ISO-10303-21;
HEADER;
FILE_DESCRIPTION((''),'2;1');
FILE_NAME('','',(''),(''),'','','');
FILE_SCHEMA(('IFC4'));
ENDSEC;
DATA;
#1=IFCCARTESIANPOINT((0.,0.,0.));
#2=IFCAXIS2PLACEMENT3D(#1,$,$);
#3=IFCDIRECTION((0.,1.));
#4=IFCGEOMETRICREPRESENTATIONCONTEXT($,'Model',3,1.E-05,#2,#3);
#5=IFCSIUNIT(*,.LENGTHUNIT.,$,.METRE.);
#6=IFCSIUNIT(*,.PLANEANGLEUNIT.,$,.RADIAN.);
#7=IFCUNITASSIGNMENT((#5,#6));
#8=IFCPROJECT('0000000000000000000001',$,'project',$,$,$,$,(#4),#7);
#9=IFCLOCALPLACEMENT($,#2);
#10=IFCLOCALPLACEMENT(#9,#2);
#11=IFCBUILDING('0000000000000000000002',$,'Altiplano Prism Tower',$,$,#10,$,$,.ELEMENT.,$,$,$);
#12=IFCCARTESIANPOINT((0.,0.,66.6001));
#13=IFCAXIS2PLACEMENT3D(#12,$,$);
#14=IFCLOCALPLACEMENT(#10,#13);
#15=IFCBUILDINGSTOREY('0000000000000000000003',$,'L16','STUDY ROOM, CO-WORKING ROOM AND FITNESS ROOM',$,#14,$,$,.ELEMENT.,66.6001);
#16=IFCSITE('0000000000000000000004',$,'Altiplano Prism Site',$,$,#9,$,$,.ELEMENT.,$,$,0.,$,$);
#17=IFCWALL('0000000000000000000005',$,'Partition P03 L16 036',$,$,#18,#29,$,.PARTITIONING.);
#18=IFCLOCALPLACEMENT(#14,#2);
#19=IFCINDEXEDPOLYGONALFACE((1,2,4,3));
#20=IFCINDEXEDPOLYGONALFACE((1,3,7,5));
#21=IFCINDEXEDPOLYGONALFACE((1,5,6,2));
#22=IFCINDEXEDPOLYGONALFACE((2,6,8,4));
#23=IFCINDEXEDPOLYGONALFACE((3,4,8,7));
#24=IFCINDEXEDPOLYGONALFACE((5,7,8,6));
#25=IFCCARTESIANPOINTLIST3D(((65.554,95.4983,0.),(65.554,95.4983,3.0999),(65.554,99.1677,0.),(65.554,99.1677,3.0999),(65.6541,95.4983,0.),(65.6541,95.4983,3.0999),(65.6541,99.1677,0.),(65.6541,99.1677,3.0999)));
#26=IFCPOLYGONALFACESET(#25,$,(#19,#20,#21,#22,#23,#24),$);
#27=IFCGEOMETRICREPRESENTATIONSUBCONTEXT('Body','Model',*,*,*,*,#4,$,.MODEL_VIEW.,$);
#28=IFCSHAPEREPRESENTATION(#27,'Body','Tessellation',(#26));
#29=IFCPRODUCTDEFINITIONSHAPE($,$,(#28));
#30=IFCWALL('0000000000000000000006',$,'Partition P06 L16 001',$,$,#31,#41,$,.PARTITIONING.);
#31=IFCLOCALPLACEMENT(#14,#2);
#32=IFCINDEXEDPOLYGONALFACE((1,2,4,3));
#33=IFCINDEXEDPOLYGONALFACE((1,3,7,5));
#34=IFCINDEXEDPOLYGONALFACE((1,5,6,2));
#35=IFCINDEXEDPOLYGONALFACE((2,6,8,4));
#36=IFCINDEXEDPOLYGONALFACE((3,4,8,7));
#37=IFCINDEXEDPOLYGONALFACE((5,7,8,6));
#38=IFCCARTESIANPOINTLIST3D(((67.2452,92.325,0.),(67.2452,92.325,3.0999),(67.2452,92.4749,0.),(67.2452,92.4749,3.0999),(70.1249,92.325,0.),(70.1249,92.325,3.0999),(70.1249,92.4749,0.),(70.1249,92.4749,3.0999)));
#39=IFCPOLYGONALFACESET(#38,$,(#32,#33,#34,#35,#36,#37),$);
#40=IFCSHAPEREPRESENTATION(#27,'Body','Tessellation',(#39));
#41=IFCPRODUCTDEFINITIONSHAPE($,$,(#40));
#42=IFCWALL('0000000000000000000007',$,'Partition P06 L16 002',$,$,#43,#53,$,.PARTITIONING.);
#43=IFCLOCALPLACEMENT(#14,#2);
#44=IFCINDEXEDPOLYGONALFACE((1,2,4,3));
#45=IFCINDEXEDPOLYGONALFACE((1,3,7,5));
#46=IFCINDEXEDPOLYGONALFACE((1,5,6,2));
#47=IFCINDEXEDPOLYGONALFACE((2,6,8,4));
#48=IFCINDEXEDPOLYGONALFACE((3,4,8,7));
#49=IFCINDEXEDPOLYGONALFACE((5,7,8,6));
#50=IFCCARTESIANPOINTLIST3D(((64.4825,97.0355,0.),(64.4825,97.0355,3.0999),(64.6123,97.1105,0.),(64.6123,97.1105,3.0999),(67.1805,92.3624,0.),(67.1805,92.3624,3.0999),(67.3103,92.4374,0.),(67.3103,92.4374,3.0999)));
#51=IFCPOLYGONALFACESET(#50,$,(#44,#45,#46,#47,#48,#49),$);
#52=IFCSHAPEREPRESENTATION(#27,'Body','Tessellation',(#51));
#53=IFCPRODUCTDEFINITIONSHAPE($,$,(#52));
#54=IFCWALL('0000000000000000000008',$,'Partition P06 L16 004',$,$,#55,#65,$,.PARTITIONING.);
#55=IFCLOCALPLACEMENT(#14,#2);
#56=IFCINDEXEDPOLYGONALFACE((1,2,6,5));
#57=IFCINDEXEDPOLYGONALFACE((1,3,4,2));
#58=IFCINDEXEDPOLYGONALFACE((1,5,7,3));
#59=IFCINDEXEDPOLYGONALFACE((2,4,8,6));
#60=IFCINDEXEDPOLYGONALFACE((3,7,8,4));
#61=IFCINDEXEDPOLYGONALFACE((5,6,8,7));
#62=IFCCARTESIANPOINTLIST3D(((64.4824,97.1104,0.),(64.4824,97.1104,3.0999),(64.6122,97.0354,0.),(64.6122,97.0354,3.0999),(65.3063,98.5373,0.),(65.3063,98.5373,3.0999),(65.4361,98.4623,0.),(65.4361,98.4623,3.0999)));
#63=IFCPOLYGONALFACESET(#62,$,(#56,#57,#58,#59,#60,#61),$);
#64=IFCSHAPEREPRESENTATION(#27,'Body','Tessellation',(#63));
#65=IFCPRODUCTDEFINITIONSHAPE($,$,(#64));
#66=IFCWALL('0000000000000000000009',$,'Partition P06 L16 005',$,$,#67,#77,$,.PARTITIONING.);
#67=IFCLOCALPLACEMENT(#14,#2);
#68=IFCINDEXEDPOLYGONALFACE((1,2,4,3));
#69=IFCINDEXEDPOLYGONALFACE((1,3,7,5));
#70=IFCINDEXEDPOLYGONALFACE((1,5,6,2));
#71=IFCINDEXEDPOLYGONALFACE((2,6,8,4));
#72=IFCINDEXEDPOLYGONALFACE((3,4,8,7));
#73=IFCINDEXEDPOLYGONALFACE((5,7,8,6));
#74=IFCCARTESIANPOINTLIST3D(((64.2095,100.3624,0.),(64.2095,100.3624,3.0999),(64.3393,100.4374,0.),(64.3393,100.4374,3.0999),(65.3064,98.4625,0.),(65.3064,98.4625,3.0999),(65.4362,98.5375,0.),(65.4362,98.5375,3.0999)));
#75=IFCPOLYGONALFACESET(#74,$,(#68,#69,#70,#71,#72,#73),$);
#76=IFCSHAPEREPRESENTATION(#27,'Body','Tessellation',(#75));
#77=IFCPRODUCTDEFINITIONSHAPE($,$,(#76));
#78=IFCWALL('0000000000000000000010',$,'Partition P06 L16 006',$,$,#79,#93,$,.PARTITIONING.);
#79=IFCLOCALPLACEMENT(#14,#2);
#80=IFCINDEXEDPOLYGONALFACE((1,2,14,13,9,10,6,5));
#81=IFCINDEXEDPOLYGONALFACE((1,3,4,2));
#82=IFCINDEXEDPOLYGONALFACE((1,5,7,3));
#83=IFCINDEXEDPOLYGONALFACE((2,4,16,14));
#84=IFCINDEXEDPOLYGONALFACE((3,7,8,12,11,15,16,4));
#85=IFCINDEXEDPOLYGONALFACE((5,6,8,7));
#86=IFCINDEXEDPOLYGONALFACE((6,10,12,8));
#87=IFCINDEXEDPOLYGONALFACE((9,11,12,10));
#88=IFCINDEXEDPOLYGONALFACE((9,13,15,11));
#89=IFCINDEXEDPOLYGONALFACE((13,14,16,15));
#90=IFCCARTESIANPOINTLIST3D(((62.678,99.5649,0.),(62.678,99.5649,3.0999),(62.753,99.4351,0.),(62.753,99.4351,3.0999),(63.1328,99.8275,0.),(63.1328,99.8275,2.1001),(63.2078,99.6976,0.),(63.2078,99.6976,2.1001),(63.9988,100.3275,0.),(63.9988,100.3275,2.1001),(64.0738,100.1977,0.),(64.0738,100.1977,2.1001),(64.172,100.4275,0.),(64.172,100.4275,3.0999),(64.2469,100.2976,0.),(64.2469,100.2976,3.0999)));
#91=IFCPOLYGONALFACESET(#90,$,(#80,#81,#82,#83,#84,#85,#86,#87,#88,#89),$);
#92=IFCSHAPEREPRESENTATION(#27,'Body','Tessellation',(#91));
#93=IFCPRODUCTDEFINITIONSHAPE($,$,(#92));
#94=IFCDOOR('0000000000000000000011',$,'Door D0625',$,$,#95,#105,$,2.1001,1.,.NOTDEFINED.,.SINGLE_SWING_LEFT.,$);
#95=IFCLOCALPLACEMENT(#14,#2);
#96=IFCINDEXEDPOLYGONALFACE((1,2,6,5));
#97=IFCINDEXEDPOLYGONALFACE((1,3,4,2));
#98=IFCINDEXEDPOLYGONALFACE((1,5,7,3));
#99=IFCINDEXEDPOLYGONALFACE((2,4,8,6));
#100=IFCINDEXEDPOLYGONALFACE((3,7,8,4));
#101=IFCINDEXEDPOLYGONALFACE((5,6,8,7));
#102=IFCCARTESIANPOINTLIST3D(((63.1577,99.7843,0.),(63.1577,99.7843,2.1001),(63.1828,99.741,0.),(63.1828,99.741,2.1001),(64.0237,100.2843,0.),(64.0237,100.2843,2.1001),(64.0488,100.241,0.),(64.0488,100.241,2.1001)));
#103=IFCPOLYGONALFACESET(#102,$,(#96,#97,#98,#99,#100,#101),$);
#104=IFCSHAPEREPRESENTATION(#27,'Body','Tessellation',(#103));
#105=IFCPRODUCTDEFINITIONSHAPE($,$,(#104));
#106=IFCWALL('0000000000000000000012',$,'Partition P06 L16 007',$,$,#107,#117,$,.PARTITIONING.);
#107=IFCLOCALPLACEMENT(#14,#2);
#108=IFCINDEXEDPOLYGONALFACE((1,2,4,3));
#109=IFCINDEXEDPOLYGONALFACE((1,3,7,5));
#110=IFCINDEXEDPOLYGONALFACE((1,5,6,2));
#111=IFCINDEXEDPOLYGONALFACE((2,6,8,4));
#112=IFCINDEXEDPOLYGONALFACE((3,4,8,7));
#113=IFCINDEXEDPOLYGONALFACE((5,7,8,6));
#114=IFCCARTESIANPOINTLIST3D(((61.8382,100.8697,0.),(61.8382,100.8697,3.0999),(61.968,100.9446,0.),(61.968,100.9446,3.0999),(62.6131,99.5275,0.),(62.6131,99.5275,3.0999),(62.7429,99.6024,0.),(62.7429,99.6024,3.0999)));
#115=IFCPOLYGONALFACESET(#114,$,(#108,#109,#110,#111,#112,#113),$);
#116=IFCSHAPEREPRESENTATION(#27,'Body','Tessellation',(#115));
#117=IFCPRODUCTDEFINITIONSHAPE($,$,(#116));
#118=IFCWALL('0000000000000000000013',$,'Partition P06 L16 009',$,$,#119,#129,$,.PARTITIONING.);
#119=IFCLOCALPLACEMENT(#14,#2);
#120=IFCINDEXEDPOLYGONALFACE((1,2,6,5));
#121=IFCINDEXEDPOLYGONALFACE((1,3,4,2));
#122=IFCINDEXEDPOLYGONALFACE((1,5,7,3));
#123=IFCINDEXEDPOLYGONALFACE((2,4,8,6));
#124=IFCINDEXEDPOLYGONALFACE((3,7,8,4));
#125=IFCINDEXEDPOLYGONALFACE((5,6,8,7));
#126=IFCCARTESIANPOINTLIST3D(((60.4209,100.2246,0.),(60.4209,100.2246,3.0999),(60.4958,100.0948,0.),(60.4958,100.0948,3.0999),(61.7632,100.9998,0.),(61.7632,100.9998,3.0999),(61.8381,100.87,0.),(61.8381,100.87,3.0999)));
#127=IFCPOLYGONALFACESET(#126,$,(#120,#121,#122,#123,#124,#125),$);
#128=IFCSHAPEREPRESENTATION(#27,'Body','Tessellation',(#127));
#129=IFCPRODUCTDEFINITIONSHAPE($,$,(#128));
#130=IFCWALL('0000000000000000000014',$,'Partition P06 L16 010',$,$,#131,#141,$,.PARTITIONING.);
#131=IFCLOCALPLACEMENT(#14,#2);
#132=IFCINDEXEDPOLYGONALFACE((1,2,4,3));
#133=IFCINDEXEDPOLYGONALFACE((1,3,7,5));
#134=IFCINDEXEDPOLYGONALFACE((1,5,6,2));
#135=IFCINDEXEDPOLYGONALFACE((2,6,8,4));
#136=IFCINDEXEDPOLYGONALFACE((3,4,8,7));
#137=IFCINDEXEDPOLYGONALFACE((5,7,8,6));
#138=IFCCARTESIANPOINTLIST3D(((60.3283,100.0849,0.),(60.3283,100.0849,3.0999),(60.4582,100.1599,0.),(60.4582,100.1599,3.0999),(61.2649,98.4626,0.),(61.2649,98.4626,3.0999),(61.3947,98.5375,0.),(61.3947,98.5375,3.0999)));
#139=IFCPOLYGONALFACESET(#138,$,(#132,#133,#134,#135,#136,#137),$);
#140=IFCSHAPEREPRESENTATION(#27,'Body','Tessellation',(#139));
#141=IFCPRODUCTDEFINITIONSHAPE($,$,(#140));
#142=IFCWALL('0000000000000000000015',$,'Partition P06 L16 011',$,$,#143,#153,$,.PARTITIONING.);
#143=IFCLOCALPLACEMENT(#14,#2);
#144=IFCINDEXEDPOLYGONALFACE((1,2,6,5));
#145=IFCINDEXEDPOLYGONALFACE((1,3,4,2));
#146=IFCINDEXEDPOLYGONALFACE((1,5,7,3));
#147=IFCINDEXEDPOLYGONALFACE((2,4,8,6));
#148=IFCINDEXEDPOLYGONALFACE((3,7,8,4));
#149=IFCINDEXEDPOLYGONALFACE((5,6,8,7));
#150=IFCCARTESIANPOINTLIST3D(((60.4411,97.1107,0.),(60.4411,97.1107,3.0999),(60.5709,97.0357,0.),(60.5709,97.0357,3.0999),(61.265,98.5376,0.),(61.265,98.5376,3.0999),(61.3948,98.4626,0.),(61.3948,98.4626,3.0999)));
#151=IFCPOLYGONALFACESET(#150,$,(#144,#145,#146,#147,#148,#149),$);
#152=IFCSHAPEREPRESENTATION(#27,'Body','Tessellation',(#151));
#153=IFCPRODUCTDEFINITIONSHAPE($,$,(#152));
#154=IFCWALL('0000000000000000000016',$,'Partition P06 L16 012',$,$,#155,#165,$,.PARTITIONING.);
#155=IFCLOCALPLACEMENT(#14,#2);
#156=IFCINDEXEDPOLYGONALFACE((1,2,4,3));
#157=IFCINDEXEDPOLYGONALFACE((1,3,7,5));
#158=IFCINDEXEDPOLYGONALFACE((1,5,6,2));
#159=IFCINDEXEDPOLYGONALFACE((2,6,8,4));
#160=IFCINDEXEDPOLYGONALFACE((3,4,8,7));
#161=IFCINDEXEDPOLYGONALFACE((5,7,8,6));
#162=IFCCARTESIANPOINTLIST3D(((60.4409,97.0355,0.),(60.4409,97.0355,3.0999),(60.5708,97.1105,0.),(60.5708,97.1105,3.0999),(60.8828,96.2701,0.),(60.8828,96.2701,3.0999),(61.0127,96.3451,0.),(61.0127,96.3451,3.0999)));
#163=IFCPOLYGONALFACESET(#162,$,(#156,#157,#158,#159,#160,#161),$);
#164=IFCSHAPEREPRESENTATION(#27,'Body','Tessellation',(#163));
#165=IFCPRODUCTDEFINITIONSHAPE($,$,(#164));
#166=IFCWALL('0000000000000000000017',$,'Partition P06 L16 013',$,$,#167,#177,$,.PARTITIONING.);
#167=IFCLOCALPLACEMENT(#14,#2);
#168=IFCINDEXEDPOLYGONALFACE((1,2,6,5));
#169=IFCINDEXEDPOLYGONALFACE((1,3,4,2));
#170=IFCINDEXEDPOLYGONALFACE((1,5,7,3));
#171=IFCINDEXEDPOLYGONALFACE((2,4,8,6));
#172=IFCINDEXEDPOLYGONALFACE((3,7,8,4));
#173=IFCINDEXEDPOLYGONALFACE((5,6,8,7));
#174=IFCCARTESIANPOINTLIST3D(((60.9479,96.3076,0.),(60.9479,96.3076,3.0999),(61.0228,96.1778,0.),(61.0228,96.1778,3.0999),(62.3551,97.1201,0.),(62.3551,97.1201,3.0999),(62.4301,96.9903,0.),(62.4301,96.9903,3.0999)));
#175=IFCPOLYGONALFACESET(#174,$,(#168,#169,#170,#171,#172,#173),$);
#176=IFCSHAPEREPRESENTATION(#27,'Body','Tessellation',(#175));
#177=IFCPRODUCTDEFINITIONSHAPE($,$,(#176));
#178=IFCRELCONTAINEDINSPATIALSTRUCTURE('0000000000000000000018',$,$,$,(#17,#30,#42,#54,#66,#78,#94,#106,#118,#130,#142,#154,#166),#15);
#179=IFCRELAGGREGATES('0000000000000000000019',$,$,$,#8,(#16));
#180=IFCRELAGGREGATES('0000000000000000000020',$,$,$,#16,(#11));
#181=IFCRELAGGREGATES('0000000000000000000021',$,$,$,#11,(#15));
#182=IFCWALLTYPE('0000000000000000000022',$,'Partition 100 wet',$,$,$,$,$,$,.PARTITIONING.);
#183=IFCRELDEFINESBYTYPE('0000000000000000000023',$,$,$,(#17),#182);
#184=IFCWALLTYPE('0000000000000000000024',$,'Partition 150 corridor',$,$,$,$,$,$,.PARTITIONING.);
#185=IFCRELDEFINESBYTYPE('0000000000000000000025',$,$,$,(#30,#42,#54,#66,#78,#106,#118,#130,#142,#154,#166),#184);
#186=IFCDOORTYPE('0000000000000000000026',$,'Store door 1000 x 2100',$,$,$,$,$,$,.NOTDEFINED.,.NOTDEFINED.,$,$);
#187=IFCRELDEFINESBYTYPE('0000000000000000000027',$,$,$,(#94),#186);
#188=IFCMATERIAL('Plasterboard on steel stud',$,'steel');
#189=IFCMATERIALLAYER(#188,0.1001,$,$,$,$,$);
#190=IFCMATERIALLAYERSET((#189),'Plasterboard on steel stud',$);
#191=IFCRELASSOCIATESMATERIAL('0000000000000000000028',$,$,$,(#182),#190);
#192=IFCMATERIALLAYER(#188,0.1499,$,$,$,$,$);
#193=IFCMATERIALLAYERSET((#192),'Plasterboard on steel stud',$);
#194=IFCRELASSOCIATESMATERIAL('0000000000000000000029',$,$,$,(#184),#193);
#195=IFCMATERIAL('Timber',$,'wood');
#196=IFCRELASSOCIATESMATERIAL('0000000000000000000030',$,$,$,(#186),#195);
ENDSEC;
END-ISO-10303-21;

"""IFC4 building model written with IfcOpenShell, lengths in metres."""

from ifc_helpers import new_model, si_unit, direction, frame, frame_2d, origin, place, context, subcontext, project, spatial, rectangle, extrude, material, layer, layer_set, type_object, element, fill, save


model = new_model("IFC4")

# Units and contexts
model_context = context("Model", 3, precision=1e-05, world=origin(), true_north=direction((0.0, 1.0)))
body_context = subcontext(model_context, "Body", "Model", "MODEL_VIEW")
ifc_project = project(units=[si_unit("LENGTHUNIT", "METRE"), si_unit("PLANEANGLEUNIT", "RADIAN")], contexts=[model_context])

# Site, building, storey
site_placement = place(None, origin())
site = spatial("IfcSite", under=ifc_project, at=site_placement, Name="Altiplano Prism Site", CompositionType="ELEMENT", RefElevation=0.0)
building_placement = place(site_placement, origin())
building = spatial("IfcBuilding", under=site, at=building_placement, Name="Altiplano Prism Tower", CompositionType="ELEMENT")
storey_placement = place(building_placement, frame((0.0, 0.0, 66.6001)))
storey = spatial("IfcBuildingStorey", under=building, at=storey_placement, Name="L16", Description="STUDY ROOM, CO-WORKING ROOM AND FITNESS ROOM", CompositionType="ELEMENT", Elevation=66.6001)

# Walls
ifc_material_1 = material(Name="Plasterboard on steel stud", Category="steel")
ifc_layer_1 = layer(ifc_material_1, 0.1001)
ifc_layer_set_1 = layer_set([ifc_layer_1], Name="Plasterboard on steel stud")
wall_type_1 = type_object("IfcWallType", Name="Partition 100 wet", PredefinedType="PARTITIONING", material=ifc_layer_set_1)
wall_1_placement = place(storey_placement, frame((65.604, 99.1677, 0.0), z_axis=(0.0, 0.0, 1.0), x_axis=(0.0, -1.0, 0.0)))
element("IfcWall", 1, at=wall_1_placement, inside=storey, type_object=wall_type_1, Name="Partition P03 L16 036", PredefinedType="PARTITIONING", context=body_context, shape_type="SweptSolid", body=[
    extrude(rectangle(XDim=3.6694, YDim=0.1001, at=frame_2d((1.8347, 0.0))), origin(), (0.0, 0.0, 1.0), 3.0999),
])
ifc_layer_2 = layer(ifc_material_1, 0.1499)
ifc_layer_set_2 = layer_set([ifc_layer_2], Name="Plasterboard on steel stud")
wall_type_2 = type_object("IfcWallType", Name="Partition 150 corridor", PredefinedType="PARTITIONING", material=ifc_layer_set_2)
wall_2_placement = place(storey_placement, frame((70.125, 92.3999, 0.0), z_axis=(0.0, 0.0, 1.0), x_axis=(-1.0, 0.0, 0.0)))
element("IfcWall", 2, at=wall_2_placement, inside=storey, type_object=wall_type_2, Name="Partition P06 L16 001", PredefinedType="PARTITIONING", context=body_context, shape_type="SweptSolid", body=[
    extrude(rectangle(XDim=2.8796, YDim=0.1499, at=frame_2d((1.4399, 0.0))), origin(), (0.0, 0.0, 1.0), 3.0999),
])
wall_3_placement = place(storey_placement, frame((67.2454, 92.3999, 0.0), z_axis=(0.0, 0.0, 1.0), x_axis=(-0.499998, 0.866027, 0.0)))
element("IfcWall", 3, at=wall_3_placement, inside=storey, type_object=wall_type_2, Name="Partition P06 L16 002", PredefinedType="PARTITIONING", context=body_context, shape_type="SweptSolid", body=[
    extrude(rectangle(XDim=5.396, YDim=0.1499, at=frame_2d((2.698, 0.0))), origin(), (0.0, 0.0, 1.0), 3.0999),
])
wall_4_placement = place(storey_placement, frame((64.5474, 97.073, 0.0), z_axis=(0.0, 0.0, 1.0), x_axis=(0.500043, 0.866001, 0.0)))
element("IfcWall", 4, at=wall_4_placement, inside=storey, type_object=wall_type_2, Name="Partition P06 L16 004", PredefinedType="PARTITIONING", context=body_context, shape_type="SweptSolid", body=[
    extrude(rectangle(XDim=1.6477, YDim=0.1499, at=frame_2d((0.8237, 0.0))), origin(), (0.0, 0.0, 1.0), 3.0999),
])
wall_5_placement = place(storey_placement, frame((65.3713, 98.5, 0.0), z_axis=(0.0, 0.0, 1.0), x_axis=(-0.500005, 0.866023, 0.0)))
element("IfcWall", 5, at=wall_5_placement, inside=storey, type_object=wall_type_2, Name="Partition P06 L16 005", PredefinedType="PARTITIONING", context=body_context, shape_type="SweptSolid", body=[
    extrude(rectangle(XDim=2.1938, YDim=0.1499, at=frame_2d((1.0969, 0.0))), origin(), (0.0, 0.0, 1.0), 3.0999),
])

# Wall, opening, door
wall_6_placement = place(storey_placement, frame((64.2095, 100.3625, 0.0), z_axis=(0.0, 0.0, 1.0), x_axis=(-0.866014, -0.500021, 0.0)))
wall_6 = element("IfcWall", 6, at=wall_6_placement, inside=storey, type_object=wall_type_2, Name="Partition P06 L16 006", PredefinedType="PARTITIONING", context=body_context, shape_type="SweptSolid", body=[
    extrude(rectangle(XDim=1.7251, YDim=0.1499, at=frame_2d((0.8625, 0.0))), origin(), (0.0, 0.0, 1.0), 3.0999),
])
opening_1_placement = place(wall_6_placement, frame((0.2, 0.0, 0.0)))
opening_1 = element("IfcOpeningElement", 7, at=opening_1_placement, cuts=wall_6, PredefinedType="OPENING", context=body_context, shape_type="SweptSolid", body=[
    extrude(rectangle(XDim=1.0, YDim=2.1001, at=frame_2d((0.5, 1.05))), frame((0.0, 0.0854, 0.0), z_axis=(0.0, -1.0, 0.0), x_axis=(1.0, 0.0, 0.0)), (0.0, 0.0, 1.0), 0.1709),
])
ifc_material_2 = material(Name="Timber", Category="wood")
door_type_1 = type_object("IfcDoorType", Name="Store door 1000 x 2100", OperationType="NOTDEFINED", PredefinedType="NOTDEFINED", material=ifc_material_2)
door_1_placement = place(opening_1_placement, origin())
door_1 = element("IfcDoor", 8, at=door_1_placement, inside=storey, type_object=door_type_1, Name="Door D0625", OperationType="SINGLE_SWING_LEFT", OverallHeight=2.1001, OverallWidth=1.0, PredefinedType="NOTDEFINED", context=body_context, shape_type="SweptSolid", body=[
    extrude(rectangle(XDim=1.0, YDim=2.1001, at=frame_2d((0.5, 1.05))), frame((0.0, 0.0249, 0.0), z_axis=(0.0, -1.0, 0.0), x_axis=(1.0, 0.0, 0.0)), (0.0, 0.0, 1.0), 0.05),
])
fill(opening_1, door_1)

# Walls
wall_7_placement = place(storey_placement, frame((62.678, 99.5649, 0.0), z_axis=(0.0, 0.0, 1.0), x_axis=(-0.499968, 0.866044, 0.0)))
element("IfcWall", 9, at=wall_7_placement, inside=storey, type_object=wall_type_2, Name="Partition P06 L16 007", PredefinedType="PARTITIONING", context=body_context, shape_type="SweptSolid", body=[
    extrude(rectangle(XDim=1.5498, YDim=0.1499, at=frame_2d((0.7749, 0.0))), origin(), (0.0, 0.0, 1.0), 3.0999),
])
wall_8_placement = place(storey_placement, frame((61.8005, 100.9348, 0.0), z_axis=(0.0, 0.0, 1.0), x_axis=(-0.865976, -0.500086, 0.0)))
element("IfcWall", 10, at=wall_8_placement, inside=storey, type_object=wall_type_2, Name="Partition P06 L16 009", PredefinedType="PARTITIONING", context=body_context, shape_type="SweptSolid", body=[
    extrude(rectangle(XDim=1.55, YDim=0.1499, at=frame_2d((0.7749, 0.0))), origin(), (0.0, 0.0, 1.0), 3.0999),
])
wall_9_placement = place(storey_placement, frame((60.3933, 100.1223, 0.0), z_axis=(0.0, 0.0, 1.0), x_axis=(0.499952, -0.866053, 0.0)))
element("IfcWall", 11, at=wall_9_placement, inside=storey, type_object=wall_type_2, Name="Partition P06 L16 010", PredefinedType="PARTITIONING", context=body_context, shape_type="SweptSolid", body=[
    extrude(rectangle(XDim=1.8733, YDim=0.1499, at=frame_2d((0.9365, 0.0))), origin(), (0.0, 0.0, 1.0), 3.0999),
])
wall_10_placement = place(storey_placement, frame((61.3298, 98.5, 0.0), z_axis=(0.0, 0.0, 1.0), x_axis=(-0.500043, -0.866001, 0.0)))
element("IfcWall", 12, at=wall_10_placement, inside=storey, type_object=wall_type_2, Name="Partition P06 L16 011", PredefinedType="PARTITIONING", context=body_context, shape_type="SweptSolid", body=[
    extrude(rectangle(XDim=1.6477, YDim=0.1499, at=frame_2d((0.8237, 0.0))), origin(), (0.0, 0.0, 1.0), 3.0999),
])
wall_11_placement = place(storey_placement, frame((60.5059, 97.073, 0.0), z_axis=(0.0, 0.0, 1.0), x_axis=(0.500001, -0.866025, 0.0)))
element("IfcWall", 13, at=wall_11_placement, inside=storey, type_object=wall_type_2, Name="Partition P06 L16 012", PredefinedType="PARTITIONING", context=body_context, shape_type="SweptSolid", body=[
    extrude(rectangle(XDim=0.8838, YDim=0.1499, at=frame_2d((0.4419, 0.0))), origin(), (0.0, 0.0, 1.0), 3.0999),
])
wall_12_placement = place(storey_placement, frame((60.9854, 96.2427, 0.0), z_axis=(0.0, 0.0, 1.0), x_axis=(0.866015, 0.500017, 0.0)))
element("IfcWall", 14, at=wall_12_placement, inside=storey, type_object=wall_type_2, Name="Partition P06 L16 013", PredefinedType="PARTITIONING", context=body_context, shape_type="SweptSolid", body=[
    extrude(rectangle(XDim=1.625, YDim=0.1499, at=frame_2d((0.8125, 0.0))), origin(), (0.0, 0.0, 1.0), 3.0999),
])

save(model, "model.ifc")
